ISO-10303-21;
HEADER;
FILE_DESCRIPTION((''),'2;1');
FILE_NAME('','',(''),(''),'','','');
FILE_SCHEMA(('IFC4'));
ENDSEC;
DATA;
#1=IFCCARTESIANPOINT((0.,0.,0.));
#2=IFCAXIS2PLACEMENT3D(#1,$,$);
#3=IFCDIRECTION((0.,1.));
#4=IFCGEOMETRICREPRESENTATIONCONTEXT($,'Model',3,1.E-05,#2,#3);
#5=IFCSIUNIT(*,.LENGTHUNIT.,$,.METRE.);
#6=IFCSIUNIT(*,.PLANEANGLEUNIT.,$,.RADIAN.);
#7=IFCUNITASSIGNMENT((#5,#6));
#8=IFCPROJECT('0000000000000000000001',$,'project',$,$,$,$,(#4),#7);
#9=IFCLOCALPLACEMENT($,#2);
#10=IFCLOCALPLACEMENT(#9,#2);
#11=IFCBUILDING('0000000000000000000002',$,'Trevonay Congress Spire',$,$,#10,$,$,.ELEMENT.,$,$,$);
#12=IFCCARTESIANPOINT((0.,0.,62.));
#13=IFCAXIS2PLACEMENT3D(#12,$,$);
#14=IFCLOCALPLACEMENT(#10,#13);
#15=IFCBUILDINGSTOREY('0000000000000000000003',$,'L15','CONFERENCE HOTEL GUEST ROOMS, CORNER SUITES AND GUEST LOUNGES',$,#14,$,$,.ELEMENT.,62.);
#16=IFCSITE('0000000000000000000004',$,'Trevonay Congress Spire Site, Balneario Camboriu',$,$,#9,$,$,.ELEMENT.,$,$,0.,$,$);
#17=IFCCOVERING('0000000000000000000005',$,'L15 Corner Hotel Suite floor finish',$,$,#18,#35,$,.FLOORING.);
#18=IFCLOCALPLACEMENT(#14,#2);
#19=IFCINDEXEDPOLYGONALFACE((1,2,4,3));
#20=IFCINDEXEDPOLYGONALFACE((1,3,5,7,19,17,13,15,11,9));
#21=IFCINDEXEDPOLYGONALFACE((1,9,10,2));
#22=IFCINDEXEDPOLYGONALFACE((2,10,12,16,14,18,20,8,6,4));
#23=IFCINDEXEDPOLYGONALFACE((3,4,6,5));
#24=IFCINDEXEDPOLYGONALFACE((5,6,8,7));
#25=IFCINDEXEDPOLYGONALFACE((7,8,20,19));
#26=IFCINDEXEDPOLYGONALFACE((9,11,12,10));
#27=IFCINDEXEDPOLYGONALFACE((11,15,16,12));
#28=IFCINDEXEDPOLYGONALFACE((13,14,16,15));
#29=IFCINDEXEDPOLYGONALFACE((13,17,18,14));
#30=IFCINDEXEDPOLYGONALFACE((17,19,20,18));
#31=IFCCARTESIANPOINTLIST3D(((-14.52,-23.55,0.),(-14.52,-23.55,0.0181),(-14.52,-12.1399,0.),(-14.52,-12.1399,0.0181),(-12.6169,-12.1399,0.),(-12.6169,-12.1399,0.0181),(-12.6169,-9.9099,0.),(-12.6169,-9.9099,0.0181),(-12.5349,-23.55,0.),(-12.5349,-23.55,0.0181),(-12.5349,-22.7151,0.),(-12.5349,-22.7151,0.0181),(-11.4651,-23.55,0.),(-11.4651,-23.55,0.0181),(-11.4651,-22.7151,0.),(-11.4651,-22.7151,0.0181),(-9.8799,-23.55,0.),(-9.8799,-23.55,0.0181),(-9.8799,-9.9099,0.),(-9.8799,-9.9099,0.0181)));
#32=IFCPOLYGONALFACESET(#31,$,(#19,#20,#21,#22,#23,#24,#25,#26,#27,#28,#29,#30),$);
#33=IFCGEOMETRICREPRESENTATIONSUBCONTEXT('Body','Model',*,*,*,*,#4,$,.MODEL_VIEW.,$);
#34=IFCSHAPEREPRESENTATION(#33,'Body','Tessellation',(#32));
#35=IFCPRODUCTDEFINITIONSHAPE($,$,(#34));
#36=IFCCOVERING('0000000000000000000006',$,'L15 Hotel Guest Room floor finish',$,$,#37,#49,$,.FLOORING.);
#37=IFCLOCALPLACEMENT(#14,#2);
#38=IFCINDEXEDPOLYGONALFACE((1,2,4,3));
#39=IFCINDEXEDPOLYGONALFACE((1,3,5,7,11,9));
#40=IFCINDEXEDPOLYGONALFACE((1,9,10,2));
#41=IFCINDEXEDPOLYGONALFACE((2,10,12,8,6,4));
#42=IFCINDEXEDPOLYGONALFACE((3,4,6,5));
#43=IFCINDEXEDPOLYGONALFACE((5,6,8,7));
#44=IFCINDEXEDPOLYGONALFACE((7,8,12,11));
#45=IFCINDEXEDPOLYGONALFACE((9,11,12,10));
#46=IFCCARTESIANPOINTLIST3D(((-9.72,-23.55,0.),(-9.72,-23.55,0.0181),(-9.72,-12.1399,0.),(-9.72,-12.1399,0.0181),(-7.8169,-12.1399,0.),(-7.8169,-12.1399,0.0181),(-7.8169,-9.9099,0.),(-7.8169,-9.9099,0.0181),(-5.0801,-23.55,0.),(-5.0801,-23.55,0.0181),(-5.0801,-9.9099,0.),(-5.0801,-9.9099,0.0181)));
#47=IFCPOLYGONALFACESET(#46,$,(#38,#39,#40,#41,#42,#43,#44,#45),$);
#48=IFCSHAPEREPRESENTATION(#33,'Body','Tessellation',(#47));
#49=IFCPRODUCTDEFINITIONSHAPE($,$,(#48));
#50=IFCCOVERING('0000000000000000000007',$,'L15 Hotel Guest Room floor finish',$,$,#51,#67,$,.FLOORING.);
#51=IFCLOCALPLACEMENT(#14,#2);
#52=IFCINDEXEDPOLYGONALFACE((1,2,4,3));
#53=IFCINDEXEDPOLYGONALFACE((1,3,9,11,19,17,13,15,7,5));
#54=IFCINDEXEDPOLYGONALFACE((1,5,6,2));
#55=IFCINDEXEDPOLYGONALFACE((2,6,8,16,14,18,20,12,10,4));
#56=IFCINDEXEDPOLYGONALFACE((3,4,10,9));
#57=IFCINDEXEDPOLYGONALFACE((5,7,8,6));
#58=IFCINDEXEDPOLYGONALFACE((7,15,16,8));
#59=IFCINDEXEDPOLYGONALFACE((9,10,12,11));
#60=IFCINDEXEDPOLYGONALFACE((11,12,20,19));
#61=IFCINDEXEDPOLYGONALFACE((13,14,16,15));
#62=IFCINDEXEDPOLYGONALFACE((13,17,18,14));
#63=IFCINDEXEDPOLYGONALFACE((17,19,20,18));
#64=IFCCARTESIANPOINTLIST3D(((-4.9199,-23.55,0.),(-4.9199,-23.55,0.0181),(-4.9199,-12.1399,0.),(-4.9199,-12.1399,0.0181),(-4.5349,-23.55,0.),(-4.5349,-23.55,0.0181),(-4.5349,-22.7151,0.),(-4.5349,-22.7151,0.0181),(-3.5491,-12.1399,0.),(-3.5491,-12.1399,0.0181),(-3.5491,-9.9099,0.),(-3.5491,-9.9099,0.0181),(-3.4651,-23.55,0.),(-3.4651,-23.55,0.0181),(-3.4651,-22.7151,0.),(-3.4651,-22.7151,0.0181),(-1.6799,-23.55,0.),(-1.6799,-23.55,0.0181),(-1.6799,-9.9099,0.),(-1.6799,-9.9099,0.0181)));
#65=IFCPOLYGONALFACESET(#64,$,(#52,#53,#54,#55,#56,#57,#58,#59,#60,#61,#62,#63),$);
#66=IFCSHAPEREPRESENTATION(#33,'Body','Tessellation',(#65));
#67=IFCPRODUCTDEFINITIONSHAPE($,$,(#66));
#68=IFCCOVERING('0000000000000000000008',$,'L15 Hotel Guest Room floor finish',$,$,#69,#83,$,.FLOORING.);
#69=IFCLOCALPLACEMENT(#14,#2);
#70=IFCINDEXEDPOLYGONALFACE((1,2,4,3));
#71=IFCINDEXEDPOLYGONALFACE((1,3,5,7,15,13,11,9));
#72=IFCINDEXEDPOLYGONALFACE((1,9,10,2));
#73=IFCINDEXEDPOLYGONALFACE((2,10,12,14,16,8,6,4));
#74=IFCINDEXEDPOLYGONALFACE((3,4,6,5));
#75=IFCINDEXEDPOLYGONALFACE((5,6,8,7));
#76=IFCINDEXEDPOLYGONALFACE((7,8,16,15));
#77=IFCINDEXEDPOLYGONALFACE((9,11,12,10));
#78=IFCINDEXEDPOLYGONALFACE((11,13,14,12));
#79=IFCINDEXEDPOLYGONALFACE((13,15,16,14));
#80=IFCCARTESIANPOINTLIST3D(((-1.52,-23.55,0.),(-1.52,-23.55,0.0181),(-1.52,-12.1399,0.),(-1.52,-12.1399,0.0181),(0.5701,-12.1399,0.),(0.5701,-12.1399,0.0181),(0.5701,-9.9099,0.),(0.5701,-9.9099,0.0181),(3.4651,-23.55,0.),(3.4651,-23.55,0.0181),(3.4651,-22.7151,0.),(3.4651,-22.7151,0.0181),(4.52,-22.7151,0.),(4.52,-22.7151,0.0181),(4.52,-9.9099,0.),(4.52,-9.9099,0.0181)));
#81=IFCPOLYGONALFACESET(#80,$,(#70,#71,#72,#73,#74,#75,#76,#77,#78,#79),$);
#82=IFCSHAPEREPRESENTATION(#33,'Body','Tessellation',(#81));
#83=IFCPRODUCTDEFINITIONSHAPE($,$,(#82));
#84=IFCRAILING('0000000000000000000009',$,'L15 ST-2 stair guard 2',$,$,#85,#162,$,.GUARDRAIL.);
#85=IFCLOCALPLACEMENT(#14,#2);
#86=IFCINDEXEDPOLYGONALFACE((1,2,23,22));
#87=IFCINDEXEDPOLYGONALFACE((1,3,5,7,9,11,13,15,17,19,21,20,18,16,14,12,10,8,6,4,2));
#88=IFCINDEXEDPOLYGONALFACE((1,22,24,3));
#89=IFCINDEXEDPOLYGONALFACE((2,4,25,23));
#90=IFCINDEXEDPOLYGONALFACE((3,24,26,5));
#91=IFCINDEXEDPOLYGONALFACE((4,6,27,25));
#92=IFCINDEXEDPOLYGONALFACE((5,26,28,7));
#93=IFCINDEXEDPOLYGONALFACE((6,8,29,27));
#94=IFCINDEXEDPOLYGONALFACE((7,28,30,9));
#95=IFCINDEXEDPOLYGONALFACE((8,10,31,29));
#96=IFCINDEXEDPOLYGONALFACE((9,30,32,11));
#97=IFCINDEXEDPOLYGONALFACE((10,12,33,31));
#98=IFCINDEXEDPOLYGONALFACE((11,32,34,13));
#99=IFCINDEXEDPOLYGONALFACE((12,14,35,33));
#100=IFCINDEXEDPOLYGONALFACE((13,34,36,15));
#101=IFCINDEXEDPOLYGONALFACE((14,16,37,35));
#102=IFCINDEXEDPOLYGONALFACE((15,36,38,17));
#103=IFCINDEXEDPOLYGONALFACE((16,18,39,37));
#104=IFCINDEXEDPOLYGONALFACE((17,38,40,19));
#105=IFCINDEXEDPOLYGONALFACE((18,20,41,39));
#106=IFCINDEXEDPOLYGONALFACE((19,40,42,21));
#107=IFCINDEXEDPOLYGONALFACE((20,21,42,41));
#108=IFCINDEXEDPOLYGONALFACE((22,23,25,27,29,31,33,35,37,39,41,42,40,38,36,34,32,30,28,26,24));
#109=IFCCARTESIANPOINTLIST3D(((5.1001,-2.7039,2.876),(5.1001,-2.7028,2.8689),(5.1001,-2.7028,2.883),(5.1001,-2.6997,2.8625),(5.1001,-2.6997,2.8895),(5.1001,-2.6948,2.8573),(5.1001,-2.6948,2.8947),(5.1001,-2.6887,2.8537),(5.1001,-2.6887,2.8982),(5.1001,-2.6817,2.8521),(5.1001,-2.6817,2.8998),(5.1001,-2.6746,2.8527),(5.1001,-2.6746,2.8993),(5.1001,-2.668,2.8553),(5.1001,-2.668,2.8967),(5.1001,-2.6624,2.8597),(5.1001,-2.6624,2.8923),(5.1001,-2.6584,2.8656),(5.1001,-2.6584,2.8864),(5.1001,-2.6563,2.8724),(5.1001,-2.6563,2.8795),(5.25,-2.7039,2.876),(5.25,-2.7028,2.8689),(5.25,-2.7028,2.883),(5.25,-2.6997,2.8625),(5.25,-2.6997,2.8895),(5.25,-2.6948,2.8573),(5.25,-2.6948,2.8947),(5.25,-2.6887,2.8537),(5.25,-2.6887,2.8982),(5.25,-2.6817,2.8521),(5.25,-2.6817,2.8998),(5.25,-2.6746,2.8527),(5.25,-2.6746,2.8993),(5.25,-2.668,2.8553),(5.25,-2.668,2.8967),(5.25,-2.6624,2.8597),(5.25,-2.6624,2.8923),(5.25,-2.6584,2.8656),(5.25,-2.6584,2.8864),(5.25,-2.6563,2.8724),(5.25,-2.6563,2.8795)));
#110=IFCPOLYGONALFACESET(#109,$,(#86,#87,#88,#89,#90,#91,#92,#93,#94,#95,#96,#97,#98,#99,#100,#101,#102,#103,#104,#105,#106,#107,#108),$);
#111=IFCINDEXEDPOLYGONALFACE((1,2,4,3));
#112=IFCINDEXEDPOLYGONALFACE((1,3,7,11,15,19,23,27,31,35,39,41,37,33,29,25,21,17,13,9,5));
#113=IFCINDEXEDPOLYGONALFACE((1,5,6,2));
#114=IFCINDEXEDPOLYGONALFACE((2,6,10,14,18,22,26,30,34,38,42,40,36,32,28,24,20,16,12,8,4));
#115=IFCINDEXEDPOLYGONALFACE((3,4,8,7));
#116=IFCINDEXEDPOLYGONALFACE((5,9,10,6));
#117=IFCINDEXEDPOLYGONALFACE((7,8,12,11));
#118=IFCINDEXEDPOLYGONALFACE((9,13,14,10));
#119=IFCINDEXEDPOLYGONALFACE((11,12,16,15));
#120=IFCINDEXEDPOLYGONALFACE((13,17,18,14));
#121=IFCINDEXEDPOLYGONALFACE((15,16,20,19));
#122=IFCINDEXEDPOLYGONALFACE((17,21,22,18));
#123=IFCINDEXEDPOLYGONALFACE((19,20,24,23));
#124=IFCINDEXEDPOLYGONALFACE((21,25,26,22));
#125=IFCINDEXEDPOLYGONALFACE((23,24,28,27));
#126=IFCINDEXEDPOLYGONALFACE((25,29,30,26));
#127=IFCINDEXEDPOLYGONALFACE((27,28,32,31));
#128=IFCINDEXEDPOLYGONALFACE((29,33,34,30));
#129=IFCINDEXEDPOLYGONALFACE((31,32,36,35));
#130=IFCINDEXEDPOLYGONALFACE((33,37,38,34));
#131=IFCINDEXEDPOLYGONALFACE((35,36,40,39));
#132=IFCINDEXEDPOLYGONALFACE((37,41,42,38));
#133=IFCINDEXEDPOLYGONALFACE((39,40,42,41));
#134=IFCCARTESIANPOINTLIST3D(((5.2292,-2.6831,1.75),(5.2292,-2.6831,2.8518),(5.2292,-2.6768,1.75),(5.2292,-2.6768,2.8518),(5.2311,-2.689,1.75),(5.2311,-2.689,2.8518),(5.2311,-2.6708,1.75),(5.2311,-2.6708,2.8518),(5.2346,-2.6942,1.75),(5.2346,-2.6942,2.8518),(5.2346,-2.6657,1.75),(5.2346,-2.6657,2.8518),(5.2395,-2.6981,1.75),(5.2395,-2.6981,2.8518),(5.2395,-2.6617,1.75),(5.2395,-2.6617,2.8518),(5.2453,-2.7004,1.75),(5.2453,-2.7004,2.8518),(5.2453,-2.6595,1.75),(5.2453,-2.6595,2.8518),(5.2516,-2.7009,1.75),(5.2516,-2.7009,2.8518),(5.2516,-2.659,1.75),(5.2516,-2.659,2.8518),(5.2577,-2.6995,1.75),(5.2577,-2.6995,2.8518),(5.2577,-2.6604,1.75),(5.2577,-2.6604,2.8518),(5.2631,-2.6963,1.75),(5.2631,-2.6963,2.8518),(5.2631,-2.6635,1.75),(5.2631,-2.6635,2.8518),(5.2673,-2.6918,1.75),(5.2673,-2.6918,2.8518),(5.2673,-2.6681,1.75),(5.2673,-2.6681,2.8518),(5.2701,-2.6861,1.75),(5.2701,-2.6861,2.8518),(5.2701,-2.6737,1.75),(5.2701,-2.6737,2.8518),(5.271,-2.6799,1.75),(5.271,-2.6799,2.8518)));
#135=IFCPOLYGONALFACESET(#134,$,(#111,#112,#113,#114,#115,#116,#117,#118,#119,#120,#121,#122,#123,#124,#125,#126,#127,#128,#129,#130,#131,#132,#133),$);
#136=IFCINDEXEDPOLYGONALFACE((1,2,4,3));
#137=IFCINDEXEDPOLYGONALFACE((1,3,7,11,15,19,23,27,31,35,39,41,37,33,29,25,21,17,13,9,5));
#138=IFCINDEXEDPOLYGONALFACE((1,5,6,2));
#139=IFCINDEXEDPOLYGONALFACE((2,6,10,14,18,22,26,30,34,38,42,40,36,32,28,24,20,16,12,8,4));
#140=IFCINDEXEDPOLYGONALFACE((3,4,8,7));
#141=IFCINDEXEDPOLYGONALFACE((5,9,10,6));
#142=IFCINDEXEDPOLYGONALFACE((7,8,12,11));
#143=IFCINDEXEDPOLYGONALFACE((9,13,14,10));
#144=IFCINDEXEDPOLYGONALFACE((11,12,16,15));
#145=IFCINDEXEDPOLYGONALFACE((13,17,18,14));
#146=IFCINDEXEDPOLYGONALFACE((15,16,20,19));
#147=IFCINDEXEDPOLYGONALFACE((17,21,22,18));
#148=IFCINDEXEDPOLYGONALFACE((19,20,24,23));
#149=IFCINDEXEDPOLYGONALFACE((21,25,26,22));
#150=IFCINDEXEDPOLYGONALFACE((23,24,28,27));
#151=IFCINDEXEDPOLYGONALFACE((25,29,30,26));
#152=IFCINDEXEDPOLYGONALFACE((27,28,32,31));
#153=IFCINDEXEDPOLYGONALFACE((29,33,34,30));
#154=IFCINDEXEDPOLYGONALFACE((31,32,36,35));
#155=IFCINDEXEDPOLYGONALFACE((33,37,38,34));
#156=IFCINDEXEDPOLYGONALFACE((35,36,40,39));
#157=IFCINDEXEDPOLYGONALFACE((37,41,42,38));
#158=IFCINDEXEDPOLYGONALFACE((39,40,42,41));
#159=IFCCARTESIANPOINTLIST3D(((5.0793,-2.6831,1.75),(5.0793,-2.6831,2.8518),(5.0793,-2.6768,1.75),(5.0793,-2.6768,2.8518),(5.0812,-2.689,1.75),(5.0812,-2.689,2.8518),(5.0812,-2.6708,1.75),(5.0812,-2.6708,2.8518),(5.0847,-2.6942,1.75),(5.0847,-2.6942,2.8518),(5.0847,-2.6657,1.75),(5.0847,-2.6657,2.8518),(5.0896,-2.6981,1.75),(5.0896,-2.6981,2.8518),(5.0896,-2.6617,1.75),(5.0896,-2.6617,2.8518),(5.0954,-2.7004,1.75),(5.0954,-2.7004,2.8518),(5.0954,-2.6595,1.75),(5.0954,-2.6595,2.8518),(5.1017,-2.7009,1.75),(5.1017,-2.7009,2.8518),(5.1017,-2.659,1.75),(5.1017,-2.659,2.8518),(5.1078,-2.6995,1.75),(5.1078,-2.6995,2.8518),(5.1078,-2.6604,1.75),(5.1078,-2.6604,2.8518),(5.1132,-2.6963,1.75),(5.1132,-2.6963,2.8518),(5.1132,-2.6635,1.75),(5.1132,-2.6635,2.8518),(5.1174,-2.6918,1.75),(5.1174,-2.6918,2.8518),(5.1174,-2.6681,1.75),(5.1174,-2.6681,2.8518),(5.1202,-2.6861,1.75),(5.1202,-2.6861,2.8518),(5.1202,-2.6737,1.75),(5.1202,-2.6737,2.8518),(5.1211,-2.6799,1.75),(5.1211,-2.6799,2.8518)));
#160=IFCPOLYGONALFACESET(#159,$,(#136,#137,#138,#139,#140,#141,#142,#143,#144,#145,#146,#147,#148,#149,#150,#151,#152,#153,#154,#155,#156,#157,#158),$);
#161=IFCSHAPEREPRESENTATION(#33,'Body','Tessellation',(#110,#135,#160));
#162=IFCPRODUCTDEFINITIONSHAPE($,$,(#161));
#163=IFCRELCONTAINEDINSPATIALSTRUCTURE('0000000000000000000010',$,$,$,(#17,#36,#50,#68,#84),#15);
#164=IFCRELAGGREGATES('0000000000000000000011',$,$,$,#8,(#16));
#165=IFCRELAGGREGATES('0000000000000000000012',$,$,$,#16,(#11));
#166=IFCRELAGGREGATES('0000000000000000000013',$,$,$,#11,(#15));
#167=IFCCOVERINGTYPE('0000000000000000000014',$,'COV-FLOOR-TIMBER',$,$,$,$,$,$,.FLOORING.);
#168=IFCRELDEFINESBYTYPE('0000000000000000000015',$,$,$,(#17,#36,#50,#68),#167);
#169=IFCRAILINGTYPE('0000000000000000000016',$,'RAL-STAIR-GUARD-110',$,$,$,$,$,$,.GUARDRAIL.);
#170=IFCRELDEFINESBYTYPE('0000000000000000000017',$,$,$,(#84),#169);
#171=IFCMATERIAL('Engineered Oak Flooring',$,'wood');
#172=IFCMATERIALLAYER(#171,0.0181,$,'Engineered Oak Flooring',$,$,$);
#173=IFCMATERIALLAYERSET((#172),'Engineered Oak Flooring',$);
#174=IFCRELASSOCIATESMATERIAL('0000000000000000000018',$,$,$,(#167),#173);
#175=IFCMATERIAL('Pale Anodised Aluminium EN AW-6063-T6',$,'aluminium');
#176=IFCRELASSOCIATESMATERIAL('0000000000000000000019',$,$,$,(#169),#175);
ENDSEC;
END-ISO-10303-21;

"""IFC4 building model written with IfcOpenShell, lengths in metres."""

from ifc_helpers import new_model, si_unit, direction, frame, origin, origin_2d, place, context, subcontext, project, spatial, polyline, circle, outline, extrude, material, layer, layer_set, type_object, element, save


model = new_model("IFC4")

# Units and contexts
model_context = context("Model", 3, precision=1e-05, world=origin(), true_north=direction((0.0, 1.0)))
body_context = subcontext(model_context, "Body", "Model", "MODEL_VIEW")
ifc_project = project(units=[si_unit("LENGTHUNIT", "METRE"), si_unit("PLANEANGLEUNIT", "RADIAN")], contexts=[model_context])

# Site, building, storey
site_placement = place(None, origin())
site = spatial("IfcSite", under=ifc_project, at=site_placement, Name="Trevonay Congress Spire Site, Balneario Camboriu", CompositionType="ELEMENT", RefElevation=0.0)
building_placement = place(site_placement, origin())
building = spatial("IfcBuilding", under=site, at=building_placement, Name="Trevonay Congress Spire", CompositionType="ELEMENT")
storey_placement = place(building_placement, frame((0.0, 0.0, 62.0)))
storey = spatial("IfcBuildingStorey", under=building, at=storey_placement, Name="L15", Description="CONFERENCE HOTEL GUEST ROOMS, CORNER SUITES AND GUEST LOUNGES", CompositionType="ELEMENT", Elevation=62.0)

# Coverings
ifc_material_1 = material(Name="Engineered Oak Flooring", Category="wood")
ifc_layer_1 = layer(ifc_material_1, 0.0181, Name="Engineered Oak Flooring")
ifc_layer_set_1 = layer_set([ifc_layer_1], Name="Engineered Oak Flooring")
covering_type_1 = type_object("IfcCoveringType", Name="COV-FLOOR-TIMBER", PredefinedType="FLOORING", material=ifc_layer_set_1)
covering_1_placement = place(storey_placement, origin())
element("IfcCovering", 1, at=covering_1_placement, inside=storey, type_object=covering_type_1, Name="L15 Corner Hotel Suite floor finish", PredefinedType="FLOORING", context=body_context, shape_type="SweptSolid", body=[
    extrude(outline(polyline([(-14.52, -23.55), (-14.52, -12.1399), (-12.6169, -12.1399), (-12.6169, -9.9099), (-9.8799, -9.9099), (-9.8799, -23.55), (-11.4651, -23.55), (-11.4651, -22.7151), (-12.5349, -22.7151), (-12.5349, -23.55), (-14.52, -23.55)])), origin(), (0.0, 0.0, 1.0), 0.0181),
])
covering_2_placement = place(storey_placement, origin())
element("IfcCovering", 2, at=covering_2_placement, inside=storey, type_object=covering_type_1, Name="L15 Hotel Guest Room floor finish", PredefinedType="FLOORING", context=body_context, shape_type="SweptSolid", body=[
    extrude(outline(polyline([(-9.72, -23.55), (-5.0801, -23.55), (-5.0801, -9.9099), (-7.8169, -9.9099), (-7.8169, -12.1399), (-9.72, -12.1399), (-9.72, -23.55)])), origin(), (0.0, 0.0, 1.0), 0.0181),
])
covering_3_placement = place(storey_placement, origin())
element("IfcCovering", 3, at=covering_3_placement, inside=storey, type_object=covering_type_1, Name="L15 Hotel Guest Room floor finish", PredefinedType="FLOORING", context=body_context, shape_type="SweptSolid", body=[
    extrude(outline(polyline([(-4.9199, -23.55), (-4.9199, -12.1399), (-3.5491, -12.1399), (-3.5491, -9.9099), (-1.6799, -9.9099), (-1.6799, -23.55), (-3.4651, -23.55), (-3.4651, -22.7151), (-4.5349, -22.7151), (-4.5349, -23.55), (-4.9199, -23.55)])), origin(), (0.0, 0.0, 1.0), 0.0181),
])
covering_4_placement = place(storey_placement, origin())
element("IfcCovering", 4, at=covering_4_placement, inside=storey, type_object=covering_type_1, Name="L15 Hotel Guest Room floor finish", PredefinedType="FLOORING", context=body_context, shape_type="SweptSolid", body=[
    extrude(outline(polyline([(-1.52, -23.55), (-1.52, -12.1399), (0.5701, -12.1399), (0.5701, -9.9099), (4.52, -9.9099), (4.52, -22.7151), (3.4651, -22.7151), (3.4651, -23.55), (-1.52, -23.55)])), origin(), (0.0, 0.0, 1.0), 0.0181),
])

# Railing
ifc_material_2 = material(Name="Pale Anodised Aluminium EN AW-6063-T6", Category="aluminium")
railing_type_1 = type_object("IfcRailingType", Name="RAL-STAIR-GUARD-110", PredefinedType="GUARDRAIL", material=ifc_material_2)
railing_1_placement = place(storey_placement, frame((5.25, -2.6799, 1.75)))
element("IfcRailing", 5, at=railing_1_placement, inside=storey, type_object=railing_type_1, Name="L15 ST-2 stair guard 2", PredefinedType="GUARDRAIL", context=body_context, shape_type="SweptSolid", body=[
    extrude(circle(Radius=0.0239, at=origin_2d()), frame((0.0, 0.0, 1.126), z_axis=(-1.0, 0.0, 0.0), x_axis=(0.0, -1.0, 0.0)), (0.0, 0.0, 1.0), 0.1499),
    extrude(circle(Radius=0.021, at=origin_2d()), origin(), (0.0, 0.0, 1.0), 1.1018),
    extrude(circle(Radius=0.021, at=origin_2d()), frame((-0.1499, 0.0, 0.0)), (0.0, 0.0, 1.0), 1.1018),
])

save(model, "model.ifc")
